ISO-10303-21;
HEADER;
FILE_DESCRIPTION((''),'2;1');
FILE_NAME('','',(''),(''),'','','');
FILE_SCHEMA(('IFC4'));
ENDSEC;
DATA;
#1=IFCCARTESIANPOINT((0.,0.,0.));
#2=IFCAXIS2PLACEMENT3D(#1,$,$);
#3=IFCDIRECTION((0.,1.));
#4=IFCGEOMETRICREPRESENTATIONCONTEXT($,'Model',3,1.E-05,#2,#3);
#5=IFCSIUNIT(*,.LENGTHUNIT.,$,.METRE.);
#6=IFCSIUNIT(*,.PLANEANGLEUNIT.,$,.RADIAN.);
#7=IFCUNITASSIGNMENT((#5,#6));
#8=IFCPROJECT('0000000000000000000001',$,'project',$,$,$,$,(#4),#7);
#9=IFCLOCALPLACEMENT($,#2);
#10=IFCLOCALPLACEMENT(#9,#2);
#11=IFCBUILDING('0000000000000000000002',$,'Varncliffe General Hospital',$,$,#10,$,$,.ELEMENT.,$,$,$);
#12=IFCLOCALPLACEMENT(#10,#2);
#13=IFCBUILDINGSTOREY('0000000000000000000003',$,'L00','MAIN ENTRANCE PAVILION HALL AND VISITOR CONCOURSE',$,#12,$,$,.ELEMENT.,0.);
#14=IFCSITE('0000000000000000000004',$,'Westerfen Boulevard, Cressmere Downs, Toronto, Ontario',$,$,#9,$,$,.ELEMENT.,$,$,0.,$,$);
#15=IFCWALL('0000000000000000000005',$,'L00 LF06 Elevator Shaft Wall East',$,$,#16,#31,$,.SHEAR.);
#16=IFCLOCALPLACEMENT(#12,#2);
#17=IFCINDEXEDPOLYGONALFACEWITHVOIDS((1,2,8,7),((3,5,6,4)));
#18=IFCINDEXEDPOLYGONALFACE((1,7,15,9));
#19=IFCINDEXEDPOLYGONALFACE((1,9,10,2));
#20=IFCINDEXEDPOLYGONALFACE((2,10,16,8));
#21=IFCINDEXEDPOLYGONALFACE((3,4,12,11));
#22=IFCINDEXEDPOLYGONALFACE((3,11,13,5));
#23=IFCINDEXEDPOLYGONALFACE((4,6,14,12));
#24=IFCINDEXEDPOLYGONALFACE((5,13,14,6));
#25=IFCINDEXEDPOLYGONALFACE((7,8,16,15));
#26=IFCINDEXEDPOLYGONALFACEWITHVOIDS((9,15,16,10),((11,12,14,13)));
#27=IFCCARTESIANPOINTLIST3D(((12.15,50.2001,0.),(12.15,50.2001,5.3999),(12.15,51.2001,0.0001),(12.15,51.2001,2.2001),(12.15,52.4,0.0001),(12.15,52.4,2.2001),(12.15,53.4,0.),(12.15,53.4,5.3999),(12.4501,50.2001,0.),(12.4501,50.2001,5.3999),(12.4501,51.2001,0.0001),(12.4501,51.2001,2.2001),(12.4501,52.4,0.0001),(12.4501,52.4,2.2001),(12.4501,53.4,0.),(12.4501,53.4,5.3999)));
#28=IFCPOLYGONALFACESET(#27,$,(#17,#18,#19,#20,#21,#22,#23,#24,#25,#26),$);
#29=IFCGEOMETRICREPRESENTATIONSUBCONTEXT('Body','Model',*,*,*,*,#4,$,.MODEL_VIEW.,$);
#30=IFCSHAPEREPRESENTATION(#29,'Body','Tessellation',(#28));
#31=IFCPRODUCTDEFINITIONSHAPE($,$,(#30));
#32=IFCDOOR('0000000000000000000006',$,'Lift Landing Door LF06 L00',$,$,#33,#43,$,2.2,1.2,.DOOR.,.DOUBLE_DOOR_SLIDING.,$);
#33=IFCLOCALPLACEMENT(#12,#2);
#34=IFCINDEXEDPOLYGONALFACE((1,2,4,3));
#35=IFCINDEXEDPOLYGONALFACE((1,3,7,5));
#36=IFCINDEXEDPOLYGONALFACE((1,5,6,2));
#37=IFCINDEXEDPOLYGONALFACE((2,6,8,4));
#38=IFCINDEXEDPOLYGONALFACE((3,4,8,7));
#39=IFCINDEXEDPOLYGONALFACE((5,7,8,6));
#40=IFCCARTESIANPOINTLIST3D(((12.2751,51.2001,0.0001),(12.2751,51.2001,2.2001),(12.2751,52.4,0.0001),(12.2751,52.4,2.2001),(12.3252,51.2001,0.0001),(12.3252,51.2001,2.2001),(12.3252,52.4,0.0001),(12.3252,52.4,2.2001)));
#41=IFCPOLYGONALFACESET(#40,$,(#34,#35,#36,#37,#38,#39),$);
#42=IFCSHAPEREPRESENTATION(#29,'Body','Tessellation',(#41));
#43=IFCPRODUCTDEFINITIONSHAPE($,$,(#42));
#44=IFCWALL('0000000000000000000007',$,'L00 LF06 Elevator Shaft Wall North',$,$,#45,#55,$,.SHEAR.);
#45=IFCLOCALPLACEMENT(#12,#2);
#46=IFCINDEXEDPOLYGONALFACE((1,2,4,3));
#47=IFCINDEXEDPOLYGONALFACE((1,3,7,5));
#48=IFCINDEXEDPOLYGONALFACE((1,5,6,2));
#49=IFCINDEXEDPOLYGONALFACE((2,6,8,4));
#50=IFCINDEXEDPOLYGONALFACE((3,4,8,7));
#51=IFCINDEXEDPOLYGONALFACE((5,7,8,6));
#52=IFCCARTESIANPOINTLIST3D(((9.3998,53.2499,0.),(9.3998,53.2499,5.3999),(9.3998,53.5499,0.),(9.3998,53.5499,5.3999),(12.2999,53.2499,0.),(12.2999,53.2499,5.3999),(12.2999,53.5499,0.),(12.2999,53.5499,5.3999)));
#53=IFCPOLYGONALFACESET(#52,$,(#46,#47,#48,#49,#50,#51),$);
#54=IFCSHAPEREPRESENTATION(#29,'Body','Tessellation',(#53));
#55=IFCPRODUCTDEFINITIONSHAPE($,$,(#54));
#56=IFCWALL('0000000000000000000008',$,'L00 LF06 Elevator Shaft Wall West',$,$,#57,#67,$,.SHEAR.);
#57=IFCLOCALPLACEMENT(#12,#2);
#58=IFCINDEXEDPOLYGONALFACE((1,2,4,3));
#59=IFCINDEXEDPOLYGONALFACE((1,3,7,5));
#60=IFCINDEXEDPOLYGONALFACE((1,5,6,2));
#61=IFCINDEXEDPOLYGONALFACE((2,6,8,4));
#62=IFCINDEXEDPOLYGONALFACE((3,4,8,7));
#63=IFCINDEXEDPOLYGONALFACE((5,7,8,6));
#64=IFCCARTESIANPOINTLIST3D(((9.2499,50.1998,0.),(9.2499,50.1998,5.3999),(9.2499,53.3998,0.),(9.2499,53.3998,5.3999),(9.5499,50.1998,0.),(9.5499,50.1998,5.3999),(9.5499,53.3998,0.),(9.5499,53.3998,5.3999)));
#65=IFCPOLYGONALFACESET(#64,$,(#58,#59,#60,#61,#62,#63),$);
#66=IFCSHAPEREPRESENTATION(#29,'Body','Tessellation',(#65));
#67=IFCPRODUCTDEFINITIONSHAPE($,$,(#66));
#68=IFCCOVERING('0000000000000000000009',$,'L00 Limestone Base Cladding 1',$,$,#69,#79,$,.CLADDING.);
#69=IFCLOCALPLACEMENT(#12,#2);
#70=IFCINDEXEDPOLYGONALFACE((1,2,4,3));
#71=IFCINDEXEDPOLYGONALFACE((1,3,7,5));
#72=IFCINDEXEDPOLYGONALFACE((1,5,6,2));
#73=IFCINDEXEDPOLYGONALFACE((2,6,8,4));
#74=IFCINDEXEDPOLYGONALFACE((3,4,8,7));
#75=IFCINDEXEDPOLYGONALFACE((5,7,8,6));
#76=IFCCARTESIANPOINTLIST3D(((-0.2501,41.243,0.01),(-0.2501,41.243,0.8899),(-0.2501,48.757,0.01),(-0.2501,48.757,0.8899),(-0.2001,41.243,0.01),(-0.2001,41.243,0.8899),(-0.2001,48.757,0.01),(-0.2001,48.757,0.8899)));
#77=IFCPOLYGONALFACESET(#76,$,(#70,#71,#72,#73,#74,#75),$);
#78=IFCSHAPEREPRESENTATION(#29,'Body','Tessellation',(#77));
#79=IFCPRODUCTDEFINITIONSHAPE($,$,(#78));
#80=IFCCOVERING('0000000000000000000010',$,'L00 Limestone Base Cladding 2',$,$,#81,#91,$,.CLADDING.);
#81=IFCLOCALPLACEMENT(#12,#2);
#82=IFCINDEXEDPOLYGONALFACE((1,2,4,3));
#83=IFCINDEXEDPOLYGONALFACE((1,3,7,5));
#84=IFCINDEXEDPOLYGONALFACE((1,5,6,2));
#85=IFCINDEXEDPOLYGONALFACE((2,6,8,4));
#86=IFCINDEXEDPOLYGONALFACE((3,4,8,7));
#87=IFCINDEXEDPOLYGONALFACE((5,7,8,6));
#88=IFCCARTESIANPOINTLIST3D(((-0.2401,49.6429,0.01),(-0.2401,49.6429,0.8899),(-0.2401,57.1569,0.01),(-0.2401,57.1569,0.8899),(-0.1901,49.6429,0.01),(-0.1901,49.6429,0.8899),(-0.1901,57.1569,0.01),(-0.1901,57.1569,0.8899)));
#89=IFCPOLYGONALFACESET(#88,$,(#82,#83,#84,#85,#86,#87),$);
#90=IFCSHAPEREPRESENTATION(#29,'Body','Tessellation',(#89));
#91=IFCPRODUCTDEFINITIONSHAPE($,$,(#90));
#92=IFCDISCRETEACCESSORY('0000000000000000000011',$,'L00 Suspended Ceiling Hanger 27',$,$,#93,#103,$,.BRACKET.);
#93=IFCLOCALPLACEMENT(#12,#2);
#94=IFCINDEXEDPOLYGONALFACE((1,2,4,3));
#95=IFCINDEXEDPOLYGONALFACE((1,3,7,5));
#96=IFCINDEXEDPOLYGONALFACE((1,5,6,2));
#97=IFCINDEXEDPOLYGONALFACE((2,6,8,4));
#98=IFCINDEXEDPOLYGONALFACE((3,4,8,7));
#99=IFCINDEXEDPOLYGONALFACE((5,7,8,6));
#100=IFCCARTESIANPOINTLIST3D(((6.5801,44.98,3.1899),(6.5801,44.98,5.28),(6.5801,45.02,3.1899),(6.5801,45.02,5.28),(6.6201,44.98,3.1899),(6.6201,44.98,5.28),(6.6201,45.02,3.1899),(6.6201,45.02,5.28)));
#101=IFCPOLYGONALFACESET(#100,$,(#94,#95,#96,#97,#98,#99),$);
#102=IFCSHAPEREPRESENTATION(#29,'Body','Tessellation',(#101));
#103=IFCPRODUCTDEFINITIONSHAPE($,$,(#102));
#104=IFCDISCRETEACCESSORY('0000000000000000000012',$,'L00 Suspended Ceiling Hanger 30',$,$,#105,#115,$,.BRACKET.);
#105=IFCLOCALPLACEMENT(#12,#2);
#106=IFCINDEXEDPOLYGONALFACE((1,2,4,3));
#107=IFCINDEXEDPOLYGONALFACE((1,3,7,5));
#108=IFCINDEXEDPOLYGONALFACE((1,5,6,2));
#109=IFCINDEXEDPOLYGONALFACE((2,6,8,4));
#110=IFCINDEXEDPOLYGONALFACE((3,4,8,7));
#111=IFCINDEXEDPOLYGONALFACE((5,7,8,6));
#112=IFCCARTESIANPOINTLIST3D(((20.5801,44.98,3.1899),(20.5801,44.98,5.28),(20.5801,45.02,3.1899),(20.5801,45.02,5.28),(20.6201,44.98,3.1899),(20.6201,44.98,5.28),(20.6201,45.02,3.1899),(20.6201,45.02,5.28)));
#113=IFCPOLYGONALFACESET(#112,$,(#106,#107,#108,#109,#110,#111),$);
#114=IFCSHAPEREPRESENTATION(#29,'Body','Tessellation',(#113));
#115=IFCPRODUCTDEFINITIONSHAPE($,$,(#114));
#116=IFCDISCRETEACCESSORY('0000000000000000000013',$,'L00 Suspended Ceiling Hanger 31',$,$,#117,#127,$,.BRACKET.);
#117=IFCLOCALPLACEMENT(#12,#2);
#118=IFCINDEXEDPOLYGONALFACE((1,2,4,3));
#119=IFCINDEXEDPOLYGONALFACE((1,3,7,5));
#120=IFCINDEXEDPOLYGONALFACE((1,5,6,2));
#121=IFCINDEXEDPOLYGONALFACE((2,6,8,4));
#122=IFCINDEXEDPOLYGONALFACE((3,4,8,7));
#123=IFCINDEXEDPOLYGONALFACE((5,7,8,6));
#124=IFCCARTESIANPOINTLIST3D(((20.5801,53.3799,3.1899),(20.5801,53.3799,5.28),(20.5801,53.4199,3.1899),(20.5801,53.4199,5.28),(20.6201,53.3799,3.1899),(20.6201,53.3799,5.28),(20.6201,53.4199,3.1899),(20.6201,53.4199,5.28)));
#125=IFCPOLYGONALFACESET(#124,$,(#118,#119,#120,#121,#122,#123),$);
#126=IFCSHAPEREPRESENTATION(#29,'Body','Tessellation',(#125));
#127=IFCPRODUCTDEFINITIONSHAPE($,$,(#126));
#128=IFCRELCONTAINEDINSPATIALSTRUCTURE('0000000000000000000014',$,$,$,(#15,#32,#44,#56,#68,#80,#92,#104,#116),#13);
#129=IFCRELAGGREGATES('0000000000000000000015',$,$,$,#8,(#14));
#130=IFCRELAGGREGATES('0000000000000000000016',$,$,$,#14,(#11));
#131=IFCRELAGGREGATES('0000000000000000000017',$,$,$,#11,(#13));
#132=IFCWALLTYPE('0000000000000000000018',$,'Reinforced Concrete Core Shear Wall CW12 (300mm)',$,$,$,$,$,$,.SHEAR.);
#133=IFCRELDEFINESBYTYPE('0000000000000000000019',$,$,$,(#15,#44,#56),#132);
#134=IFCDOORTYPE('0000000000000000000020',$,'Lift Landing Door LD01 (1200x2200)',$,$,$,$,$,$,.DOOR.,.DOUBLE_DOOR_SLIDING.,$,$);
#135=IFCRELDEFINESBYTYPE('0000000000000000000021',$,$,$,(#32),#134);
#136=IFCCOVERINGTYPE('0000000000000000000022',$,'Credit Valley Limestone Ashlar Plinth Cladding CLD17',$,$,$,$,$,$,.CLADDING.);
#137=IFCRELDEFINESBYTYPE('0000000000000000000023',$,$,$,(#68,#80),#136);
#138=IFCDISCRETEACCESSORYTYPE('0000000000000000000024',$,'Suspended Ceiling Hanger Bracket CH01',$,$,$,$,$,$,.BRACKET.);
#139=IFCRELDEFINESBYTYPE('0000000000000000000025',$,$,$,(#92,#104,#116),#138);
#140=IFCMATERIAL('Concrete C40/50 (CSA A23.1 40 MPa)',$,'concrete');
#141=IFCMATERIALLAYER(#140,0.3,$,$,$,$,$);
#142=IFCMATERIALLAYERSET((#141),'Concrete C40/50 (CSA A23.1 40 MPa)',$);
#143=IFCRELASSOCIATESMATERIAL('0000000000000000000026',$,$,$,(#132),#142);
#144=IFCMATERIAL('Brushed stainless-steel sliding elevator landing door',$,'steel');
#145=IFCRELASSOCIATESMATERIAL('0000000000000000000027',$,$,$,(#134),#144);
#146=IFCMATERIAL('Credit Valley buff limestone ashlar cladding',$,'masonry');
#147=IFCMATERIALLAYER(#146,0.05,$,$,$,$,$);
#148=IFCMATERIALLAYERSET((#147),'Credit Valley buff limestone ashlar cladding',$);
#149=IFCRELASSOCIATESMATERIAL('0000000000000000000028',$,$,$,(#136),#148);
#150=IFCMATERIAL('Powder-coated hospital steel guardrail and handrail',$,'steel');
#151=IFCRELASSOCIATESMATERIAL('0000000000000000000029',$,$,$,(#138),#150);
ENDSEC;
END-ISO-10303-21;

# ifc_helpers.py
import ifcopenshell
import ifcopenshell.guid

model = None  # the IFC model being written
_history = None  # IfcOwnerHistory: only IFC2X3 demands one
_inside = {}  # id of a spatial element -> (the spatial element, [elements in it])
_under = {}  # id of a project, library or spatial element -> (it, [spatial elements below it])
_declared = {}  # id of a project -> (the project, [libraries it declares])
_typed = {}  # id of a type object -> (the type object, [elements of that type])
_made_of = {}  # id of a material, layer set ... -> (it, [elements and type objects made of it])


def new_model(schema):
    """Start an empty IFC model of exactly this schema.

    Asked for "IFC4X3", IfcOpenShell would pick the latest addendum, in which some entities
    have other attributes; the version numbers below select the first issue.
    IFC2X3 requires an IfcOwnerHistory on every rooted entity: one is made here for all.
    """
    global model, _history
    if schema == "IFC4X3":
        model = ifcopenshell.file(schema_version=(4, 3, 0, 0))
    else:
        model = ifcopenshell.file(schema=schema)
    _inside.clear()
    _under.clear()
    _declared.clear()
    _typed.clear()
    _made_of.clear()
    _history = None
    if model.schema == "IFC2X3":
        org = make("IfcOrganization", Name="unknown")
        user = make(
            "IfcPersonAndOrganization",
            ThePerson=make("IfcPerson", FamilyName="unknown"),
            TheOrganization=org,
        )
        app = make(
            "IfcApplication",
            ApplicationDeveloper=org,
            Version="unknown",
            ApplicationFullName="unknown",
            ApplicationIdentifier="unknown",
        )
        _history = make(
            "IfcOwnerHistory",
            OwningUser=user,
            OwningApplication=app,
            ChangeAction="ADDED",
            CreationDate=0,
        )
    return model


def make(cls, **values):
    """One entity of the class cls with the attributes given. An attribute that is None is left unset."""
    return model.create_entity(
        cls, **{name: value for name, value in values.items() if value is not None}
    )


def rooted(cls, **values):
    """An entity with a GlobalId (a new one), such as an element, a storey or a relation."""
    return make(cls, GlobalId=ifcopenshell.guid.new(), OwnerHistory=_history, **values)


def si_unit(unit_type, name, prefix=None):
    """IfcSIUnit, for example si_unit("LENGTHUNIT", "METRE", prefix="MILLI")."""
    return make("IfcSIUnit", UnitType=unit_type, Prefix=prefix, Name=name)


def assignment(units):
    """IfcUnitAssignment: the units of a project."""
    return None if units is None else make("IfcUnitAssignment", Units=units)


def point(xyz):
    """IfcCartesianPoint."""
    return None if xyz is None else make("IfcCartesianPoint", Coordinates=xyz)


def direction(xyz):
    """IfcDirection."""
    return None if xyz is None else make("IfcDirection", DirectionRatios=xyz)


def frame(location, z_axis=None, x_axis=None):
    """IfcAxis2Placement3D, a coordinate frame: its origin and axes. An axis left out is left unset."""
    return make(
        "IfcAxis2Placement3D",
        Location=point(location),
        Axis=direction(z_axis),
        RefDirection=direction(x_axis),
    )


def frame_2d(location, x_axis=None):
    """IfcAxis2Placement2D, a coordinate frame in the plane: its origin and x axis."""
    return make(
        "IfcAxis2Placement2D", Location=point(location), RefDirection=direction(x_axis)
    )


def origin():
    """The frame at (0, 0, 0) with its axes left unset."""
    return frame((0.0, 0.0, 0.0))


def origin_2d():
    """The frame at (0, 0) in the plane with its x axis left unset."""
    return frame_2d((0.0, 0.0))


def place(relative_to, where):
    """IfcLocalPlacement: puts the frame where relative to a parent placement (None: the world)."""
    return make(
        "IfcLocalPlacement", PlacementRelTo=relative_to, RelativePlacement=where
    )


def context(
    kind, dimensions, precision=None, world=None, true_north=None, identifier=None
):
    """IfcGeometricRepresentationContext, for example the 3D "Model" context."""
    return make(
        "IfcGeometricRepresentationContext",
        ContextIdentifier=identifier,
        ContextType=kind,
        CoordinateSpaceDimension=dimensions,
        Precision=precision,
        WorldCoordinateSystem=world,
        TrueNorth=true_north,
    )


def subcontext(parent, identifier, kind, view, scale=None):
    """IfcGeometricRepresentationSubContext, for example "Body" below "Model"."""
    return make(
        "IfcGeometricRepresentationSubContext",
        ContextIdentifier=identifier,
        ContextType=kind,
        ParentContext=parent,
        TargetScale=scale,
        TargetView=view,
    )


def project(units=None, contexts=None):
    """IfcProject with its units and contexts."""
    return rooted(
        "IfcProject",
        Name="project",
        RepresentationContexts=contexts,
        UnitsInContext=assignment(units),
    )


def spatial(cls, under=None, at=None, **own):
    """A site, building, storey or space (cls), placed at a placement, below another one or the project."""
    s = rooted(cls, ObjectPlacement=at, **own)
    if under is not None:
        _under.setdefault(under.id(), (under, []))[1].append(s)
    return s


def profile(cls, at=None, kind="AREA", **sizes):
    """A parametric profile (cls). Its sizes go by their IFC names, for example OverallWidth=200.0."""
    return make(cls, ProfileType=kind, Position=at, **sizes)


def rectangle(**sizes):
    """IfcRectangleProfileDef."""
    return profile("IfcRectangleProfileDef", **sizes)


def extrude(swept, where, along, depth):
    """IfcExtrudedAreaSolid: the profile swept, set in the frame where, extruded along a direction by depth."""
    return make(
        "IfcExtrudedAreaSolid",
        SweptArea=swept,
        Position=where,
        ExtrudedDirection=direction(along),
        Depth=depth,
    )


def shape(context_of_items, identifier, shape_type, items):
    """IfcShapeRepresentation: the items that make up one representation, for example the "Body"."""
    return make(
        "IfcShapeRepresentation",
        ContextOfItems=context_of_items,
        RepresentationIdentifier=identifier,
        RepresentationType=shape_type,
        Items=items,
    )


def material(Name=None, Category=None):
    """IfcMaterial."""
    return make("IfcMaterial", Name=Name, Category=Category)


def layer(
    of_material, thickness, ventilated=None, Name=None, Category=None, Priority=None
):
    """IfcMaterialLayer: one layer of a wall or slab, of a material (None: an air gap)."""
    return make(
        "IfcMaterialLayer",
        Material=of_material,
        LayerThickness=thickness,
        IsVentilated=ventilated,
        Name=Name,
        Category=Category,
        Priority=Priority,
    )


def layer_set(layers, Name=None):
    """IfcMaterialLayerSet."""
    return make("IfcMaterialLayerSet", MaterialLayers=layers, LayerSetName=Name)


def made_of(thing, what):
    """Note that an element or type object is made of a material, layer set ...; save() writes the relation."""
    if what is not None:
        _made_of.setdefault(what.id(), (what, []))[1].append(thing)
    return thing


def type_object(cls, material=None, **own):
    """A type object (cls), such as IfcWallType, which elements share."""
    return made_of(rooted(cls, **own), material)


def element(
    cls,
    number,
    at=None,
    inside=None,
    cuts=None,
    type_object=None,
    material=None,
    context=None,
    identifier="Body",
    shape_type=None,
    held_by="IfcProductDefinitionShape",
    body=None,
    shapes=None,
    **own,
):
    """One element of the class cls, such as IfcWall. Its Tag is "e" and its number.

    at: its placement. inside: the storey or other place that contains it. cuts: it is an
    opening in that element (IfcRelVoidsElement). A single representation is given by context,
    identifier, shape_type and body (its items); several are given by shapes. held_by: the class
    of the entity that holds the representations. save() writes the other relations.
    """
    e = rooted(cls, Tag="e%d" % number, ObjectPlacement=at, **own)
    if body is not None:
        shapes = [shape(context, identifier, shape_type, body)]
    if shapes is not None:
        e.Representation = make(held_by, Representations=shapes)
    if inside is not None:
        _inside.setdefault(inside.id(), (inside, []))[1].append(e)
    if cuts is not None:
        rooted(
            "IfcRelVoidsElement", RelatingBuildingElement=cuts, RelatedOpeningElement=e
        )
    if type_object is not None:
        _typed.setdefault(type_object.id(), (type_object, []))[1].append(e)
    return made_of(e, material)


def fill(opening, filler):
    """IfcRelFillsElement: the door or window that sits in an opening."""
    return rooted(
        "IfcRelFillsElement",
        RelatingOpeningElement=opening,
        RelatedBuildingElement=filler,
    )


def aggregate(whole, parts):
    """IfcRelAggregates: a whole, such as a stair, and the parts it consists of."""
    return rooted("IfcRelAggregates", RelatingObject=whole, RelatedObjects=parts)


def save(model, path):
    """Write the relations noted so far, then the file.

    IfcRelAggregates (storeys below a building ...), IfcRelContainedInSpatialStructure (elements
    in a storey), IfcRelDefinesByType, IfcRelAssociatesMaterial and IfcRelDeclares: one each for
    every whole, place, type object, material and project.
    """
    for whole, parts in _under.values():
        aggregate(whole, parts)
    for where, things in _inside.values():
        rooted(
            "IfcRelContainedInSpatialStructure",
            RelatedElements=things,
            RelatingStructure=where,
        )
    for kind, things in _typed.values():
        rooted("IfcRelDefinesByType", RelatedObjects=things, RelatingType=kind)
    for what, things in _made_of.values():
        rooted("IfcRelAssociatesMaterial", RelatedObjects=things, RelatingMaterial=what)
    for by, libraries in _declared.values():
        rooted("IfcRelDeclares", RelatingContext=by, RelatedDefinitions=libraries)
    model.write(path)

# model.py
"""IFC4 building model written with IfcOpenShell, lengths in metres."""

from ifc_helpers import new_model, si_unit, direction, frame, frame_2d, origin, origin_2d, place, context, subcontext, project, spatial, rectangle, extrude, material, layer, layer_set, type_object, element, fill, save


model = new_model("IFC4")

# Units and contexts
model_context = context("Model", 3, precision=1e-05, world=origin(), true_north=direction((0.0, 1.0)))
body_context = subcontext(model_context, "Body", "Model", "MODEL_VIEW")
ifc_project = project(units=[si_unit("LENGTHUNIT", "METRE"), si_unit("PLANEANGLEUNIT", "RADIAN")], contexts=[model_context])

# Site, building, storey
site_placement = place(None, origin())
site = spatial("IfcSite", under=ifc_project, at=site_placement, Name="Westerfen Boulevard, Cressmere Downs, Toronto, Ontario", CompositionType="ELEMENT", RefElevation=0.0)
building_placement = place(site_placement, origin())
building = spatial("IfcBuilding", under=site, at=building_placement, Name="Varncliffe General Hospital", CompositionType="ELEMENT")
storey_placement = place(building_placement, origin())
storey = spatial("IfcBuildingStorey", under=building, at=storey_placement, Name="L00", Description="MAIN ENTRANCE PAVILION HALL AND VISITOR CONCOURSE", CompositionType="ELEMENT", Elevation=0.0)

# Shared definitions
ifc_material_1 = material(Name="Concrete C40/50 (CSA A23.1 40 MPa)", Category="concrete")

# Shared definitions
ifc_layer_1 = layer(ifc_material_1, 0.3)
ifc_layer_set_1 = layer_set([ifc_layer_1], Name="Concrete C40/50 (CSA A23.1 40 MPa)")
wall_type_1 = type_object("IfcWallType", Name="Reinforced Concrete Core Shear Wall CW12 (300mm)", PredefinedType="SHEAR", material=ifc_layer_set_1)

# Wall, opening, door
wall_1_placement = place(storey_placement, frame((12.3, 50.2, 0.0), z_axis=(0.0, 0.0, 1.0), x_axis=(0.0, 1.0, 0.0)))
wall_1 = element("IfcWall", 1, at=wall_1_placement, inside=storey, type_object=wall_type_1, Name="L00 LF06 Elevator Shaft Wall East", PredefinedType="SHEAR", context=body_context, shape_type="SweptSolid", body=[
    extrude(rectangle(XDim=3.2, YDim=0.3, at=frame_2d((1.6001, 0.0))), origin(), (0.0, 0.0, 1.0), 5.3999),
])
opening_1_placement = place(wall_1_placement, frame((1.0, 0.0, 0.0)))
opening_1 = element("IfcOpeningElement", 2, at=opening_1_placement, cuts=wall_1, PredefinedType="OPENING", context=body_context, shape_type="SweptSolid", body=[
    extrude(rectangle(XDim=1.2, YDim=2.2, at=frame_2d((0.6001, 1.1001))), frame((0.0, 0.1602, 0.0), z_axis=(0.0, -1.0, 0.0), x_axis=(1.0, 0.0, 0.0)), (0.0, 0.0, 1.0), 0.3201),
])
ifc_material_2 = material(Name="Brushed stainless-steel sliding elevator landing door", Category="steel")
door_type_1 = type_object("IfcDoorType", Name="Lift Landing Door LD01 (1200x2200)", OperationType="DOUBLE_DOOR_SLIDING", PredefinedType="DOOR", material=ifc_material_2)
door_1_placement = place(opening_1_placement, origin())
door_1 = element("IfcDoor", 3, at=door_1_placement, inside=storey, type_object=door_type_1, Name="Lift Landing Door LF06 L00", OperationType="DOUBLE_DOOR_SLIDING", OverallHeight=2.2, OverallWidth=1.2, PredefinedType="DOOR", context=body_context, shape_type="SweptSolid", body=[
    extrude(rectangle(XDim=1.2, YDim=2.2, at=frame_2d((0.6001, 1.1001))), frame((0.0, 0.0249, 0.0), z_axis=(0.0, -1.0, 0.0), x_axis=(1.0, 0.0, 0.0)), (0.0, 0.0, 1.0), 0.05),
])
fill(opening_1, door_1)

# Walls
wall_2_placement = place(storey_placement, frame((12.3, 53.3999, 0.0), z_axis=(0.0, 0.0, 1.0), x_axis=(-1.0, 0.0, 0.0)))
element("IfcWall", 4, at=wall_2_placement, inside=storey, type_object=wall_type_1, Name="L00 LF06 Elevator Shaft Wall North", PredefinedType="SHEAR", context=body_context, shape_type="SweptSolid", body=[
    extrude(rectangle(XDim=2.9001, YDim=0.3, at=frame_2d((1.4502, 0.0))), origin(), (0.0, 0.0, 1.0), 5.3999),
])
wall_3_placement = place(storey_placement, frame((9.3999, 53.3999, 0.0), z_axis=(0.0, 0.0, 1.0), x_axis=(0.0, -1.0, 0.0)))
element("IfcWall", 5, at=wall_3_placement, inside=storey, type_object=wall_type_1, Name="L00 LF06 Elevator Shaft Wall West", PredefinedType="SHEAR", context=body_context, shape_type="SweptSolid", body=[
    extrude(rectangle(XDim=3.2, YDim=0.3, at=frame_2d((1.6001, 0.0))), origin(), (0.0, 0.0, 1.0), 5.3999),
])

# Coverings
ifc_material_3 = material(Name="Credit Valley buff limestone ashlar cladding", Category="masonry")
ifc_layer_2 = layer(ifc_material_3, 0.05)
ifc_layer_set_2 = layer_set([ifc_layer_2], Name="Credit Valley buff limestone ashlar cladding")
covering_type = type_object("IfcCoveringType", Name="Credit Valley Limestone Ashlar Plinth Cladding CLD17", PredefinedType="CLADDING", material=ifc_layer_set_2)
for number, where, z_axis, x_axis, name in (
    (6, (-0.2251, 45.0, 0.01), (0.0, 0.0, 1.0), (0.0, 1.0, 0.0), "L00 Limestone Base Cladding 1"),
    (7, (-0.2151, 53.3999, 0.01), (0.0, 0.0, 1.0), (0.0, 1.0, 0.0), "L00 Limestone Base Cladding 2"),
):
    element("IfcCovering", number, at=place(storey_placement, frame(where, z_axis=z_axis, x_axis=x_axis)), inside=storey, type_object=covering_type, Name=name, PredefinedType="CLADDING", context=body_context, shape_type="SweptSolid", body=[
        extrude(rectangle(XDim=7.5139, YDim=0.05, at=origin_2d()), origin(), (0.0, 0.0, 1.0), 0.8799),
    ])

# Discrete accessories
ifc_material_4 = material(Name="Powder-coated hospital steel guardrail and handrail", Category="steel")
discrete_accessory_type = type_object("IfcDiscreteAccessoryType", Name="Suspended Ceiling Hanger Bracket CH01", PredefinedType="BRACKET", material=ifc_material_4)
for number, where, z_axis, x_axis, name in (
    (8, (6.6001, 45.0, 3.1899), (0.0, 0.0, 1.0), (1.0, 0.0, 0.0), "L00 Suspended Ceiling Hanger 27"),
    (9, (20.6001, 45.0, 3.1899), (0.0, 0.0, 1.0), (1.0, 0.0, 0.0), "L00 Suspended Ceiling Hanger 30"),
    (10, (20.6001, 53.3999, 3.1899), (0.0, 0.0, 1.0), (1.0, 0.0, 0.0), "L00 Suspended Ceiling Hanger 31"),
):
    element("IfcDiscreteAccessory", number, at=place(storey_placement, frame(where, z_axis=z_axis, x_axis=x_axis)), inside=storey, type_object=discrete_accessory_type, Name=name, PredefinedType="BRACKET", context=body_context, shape_type="SweptSolid", body=[
        extrude(rectangle(XDim=0.04, YDim=0.04, at=origin_2d()), origin(), (0.0, 0.0, 1.0), 2.0901),
    ])

save(model, "model.ifc")
